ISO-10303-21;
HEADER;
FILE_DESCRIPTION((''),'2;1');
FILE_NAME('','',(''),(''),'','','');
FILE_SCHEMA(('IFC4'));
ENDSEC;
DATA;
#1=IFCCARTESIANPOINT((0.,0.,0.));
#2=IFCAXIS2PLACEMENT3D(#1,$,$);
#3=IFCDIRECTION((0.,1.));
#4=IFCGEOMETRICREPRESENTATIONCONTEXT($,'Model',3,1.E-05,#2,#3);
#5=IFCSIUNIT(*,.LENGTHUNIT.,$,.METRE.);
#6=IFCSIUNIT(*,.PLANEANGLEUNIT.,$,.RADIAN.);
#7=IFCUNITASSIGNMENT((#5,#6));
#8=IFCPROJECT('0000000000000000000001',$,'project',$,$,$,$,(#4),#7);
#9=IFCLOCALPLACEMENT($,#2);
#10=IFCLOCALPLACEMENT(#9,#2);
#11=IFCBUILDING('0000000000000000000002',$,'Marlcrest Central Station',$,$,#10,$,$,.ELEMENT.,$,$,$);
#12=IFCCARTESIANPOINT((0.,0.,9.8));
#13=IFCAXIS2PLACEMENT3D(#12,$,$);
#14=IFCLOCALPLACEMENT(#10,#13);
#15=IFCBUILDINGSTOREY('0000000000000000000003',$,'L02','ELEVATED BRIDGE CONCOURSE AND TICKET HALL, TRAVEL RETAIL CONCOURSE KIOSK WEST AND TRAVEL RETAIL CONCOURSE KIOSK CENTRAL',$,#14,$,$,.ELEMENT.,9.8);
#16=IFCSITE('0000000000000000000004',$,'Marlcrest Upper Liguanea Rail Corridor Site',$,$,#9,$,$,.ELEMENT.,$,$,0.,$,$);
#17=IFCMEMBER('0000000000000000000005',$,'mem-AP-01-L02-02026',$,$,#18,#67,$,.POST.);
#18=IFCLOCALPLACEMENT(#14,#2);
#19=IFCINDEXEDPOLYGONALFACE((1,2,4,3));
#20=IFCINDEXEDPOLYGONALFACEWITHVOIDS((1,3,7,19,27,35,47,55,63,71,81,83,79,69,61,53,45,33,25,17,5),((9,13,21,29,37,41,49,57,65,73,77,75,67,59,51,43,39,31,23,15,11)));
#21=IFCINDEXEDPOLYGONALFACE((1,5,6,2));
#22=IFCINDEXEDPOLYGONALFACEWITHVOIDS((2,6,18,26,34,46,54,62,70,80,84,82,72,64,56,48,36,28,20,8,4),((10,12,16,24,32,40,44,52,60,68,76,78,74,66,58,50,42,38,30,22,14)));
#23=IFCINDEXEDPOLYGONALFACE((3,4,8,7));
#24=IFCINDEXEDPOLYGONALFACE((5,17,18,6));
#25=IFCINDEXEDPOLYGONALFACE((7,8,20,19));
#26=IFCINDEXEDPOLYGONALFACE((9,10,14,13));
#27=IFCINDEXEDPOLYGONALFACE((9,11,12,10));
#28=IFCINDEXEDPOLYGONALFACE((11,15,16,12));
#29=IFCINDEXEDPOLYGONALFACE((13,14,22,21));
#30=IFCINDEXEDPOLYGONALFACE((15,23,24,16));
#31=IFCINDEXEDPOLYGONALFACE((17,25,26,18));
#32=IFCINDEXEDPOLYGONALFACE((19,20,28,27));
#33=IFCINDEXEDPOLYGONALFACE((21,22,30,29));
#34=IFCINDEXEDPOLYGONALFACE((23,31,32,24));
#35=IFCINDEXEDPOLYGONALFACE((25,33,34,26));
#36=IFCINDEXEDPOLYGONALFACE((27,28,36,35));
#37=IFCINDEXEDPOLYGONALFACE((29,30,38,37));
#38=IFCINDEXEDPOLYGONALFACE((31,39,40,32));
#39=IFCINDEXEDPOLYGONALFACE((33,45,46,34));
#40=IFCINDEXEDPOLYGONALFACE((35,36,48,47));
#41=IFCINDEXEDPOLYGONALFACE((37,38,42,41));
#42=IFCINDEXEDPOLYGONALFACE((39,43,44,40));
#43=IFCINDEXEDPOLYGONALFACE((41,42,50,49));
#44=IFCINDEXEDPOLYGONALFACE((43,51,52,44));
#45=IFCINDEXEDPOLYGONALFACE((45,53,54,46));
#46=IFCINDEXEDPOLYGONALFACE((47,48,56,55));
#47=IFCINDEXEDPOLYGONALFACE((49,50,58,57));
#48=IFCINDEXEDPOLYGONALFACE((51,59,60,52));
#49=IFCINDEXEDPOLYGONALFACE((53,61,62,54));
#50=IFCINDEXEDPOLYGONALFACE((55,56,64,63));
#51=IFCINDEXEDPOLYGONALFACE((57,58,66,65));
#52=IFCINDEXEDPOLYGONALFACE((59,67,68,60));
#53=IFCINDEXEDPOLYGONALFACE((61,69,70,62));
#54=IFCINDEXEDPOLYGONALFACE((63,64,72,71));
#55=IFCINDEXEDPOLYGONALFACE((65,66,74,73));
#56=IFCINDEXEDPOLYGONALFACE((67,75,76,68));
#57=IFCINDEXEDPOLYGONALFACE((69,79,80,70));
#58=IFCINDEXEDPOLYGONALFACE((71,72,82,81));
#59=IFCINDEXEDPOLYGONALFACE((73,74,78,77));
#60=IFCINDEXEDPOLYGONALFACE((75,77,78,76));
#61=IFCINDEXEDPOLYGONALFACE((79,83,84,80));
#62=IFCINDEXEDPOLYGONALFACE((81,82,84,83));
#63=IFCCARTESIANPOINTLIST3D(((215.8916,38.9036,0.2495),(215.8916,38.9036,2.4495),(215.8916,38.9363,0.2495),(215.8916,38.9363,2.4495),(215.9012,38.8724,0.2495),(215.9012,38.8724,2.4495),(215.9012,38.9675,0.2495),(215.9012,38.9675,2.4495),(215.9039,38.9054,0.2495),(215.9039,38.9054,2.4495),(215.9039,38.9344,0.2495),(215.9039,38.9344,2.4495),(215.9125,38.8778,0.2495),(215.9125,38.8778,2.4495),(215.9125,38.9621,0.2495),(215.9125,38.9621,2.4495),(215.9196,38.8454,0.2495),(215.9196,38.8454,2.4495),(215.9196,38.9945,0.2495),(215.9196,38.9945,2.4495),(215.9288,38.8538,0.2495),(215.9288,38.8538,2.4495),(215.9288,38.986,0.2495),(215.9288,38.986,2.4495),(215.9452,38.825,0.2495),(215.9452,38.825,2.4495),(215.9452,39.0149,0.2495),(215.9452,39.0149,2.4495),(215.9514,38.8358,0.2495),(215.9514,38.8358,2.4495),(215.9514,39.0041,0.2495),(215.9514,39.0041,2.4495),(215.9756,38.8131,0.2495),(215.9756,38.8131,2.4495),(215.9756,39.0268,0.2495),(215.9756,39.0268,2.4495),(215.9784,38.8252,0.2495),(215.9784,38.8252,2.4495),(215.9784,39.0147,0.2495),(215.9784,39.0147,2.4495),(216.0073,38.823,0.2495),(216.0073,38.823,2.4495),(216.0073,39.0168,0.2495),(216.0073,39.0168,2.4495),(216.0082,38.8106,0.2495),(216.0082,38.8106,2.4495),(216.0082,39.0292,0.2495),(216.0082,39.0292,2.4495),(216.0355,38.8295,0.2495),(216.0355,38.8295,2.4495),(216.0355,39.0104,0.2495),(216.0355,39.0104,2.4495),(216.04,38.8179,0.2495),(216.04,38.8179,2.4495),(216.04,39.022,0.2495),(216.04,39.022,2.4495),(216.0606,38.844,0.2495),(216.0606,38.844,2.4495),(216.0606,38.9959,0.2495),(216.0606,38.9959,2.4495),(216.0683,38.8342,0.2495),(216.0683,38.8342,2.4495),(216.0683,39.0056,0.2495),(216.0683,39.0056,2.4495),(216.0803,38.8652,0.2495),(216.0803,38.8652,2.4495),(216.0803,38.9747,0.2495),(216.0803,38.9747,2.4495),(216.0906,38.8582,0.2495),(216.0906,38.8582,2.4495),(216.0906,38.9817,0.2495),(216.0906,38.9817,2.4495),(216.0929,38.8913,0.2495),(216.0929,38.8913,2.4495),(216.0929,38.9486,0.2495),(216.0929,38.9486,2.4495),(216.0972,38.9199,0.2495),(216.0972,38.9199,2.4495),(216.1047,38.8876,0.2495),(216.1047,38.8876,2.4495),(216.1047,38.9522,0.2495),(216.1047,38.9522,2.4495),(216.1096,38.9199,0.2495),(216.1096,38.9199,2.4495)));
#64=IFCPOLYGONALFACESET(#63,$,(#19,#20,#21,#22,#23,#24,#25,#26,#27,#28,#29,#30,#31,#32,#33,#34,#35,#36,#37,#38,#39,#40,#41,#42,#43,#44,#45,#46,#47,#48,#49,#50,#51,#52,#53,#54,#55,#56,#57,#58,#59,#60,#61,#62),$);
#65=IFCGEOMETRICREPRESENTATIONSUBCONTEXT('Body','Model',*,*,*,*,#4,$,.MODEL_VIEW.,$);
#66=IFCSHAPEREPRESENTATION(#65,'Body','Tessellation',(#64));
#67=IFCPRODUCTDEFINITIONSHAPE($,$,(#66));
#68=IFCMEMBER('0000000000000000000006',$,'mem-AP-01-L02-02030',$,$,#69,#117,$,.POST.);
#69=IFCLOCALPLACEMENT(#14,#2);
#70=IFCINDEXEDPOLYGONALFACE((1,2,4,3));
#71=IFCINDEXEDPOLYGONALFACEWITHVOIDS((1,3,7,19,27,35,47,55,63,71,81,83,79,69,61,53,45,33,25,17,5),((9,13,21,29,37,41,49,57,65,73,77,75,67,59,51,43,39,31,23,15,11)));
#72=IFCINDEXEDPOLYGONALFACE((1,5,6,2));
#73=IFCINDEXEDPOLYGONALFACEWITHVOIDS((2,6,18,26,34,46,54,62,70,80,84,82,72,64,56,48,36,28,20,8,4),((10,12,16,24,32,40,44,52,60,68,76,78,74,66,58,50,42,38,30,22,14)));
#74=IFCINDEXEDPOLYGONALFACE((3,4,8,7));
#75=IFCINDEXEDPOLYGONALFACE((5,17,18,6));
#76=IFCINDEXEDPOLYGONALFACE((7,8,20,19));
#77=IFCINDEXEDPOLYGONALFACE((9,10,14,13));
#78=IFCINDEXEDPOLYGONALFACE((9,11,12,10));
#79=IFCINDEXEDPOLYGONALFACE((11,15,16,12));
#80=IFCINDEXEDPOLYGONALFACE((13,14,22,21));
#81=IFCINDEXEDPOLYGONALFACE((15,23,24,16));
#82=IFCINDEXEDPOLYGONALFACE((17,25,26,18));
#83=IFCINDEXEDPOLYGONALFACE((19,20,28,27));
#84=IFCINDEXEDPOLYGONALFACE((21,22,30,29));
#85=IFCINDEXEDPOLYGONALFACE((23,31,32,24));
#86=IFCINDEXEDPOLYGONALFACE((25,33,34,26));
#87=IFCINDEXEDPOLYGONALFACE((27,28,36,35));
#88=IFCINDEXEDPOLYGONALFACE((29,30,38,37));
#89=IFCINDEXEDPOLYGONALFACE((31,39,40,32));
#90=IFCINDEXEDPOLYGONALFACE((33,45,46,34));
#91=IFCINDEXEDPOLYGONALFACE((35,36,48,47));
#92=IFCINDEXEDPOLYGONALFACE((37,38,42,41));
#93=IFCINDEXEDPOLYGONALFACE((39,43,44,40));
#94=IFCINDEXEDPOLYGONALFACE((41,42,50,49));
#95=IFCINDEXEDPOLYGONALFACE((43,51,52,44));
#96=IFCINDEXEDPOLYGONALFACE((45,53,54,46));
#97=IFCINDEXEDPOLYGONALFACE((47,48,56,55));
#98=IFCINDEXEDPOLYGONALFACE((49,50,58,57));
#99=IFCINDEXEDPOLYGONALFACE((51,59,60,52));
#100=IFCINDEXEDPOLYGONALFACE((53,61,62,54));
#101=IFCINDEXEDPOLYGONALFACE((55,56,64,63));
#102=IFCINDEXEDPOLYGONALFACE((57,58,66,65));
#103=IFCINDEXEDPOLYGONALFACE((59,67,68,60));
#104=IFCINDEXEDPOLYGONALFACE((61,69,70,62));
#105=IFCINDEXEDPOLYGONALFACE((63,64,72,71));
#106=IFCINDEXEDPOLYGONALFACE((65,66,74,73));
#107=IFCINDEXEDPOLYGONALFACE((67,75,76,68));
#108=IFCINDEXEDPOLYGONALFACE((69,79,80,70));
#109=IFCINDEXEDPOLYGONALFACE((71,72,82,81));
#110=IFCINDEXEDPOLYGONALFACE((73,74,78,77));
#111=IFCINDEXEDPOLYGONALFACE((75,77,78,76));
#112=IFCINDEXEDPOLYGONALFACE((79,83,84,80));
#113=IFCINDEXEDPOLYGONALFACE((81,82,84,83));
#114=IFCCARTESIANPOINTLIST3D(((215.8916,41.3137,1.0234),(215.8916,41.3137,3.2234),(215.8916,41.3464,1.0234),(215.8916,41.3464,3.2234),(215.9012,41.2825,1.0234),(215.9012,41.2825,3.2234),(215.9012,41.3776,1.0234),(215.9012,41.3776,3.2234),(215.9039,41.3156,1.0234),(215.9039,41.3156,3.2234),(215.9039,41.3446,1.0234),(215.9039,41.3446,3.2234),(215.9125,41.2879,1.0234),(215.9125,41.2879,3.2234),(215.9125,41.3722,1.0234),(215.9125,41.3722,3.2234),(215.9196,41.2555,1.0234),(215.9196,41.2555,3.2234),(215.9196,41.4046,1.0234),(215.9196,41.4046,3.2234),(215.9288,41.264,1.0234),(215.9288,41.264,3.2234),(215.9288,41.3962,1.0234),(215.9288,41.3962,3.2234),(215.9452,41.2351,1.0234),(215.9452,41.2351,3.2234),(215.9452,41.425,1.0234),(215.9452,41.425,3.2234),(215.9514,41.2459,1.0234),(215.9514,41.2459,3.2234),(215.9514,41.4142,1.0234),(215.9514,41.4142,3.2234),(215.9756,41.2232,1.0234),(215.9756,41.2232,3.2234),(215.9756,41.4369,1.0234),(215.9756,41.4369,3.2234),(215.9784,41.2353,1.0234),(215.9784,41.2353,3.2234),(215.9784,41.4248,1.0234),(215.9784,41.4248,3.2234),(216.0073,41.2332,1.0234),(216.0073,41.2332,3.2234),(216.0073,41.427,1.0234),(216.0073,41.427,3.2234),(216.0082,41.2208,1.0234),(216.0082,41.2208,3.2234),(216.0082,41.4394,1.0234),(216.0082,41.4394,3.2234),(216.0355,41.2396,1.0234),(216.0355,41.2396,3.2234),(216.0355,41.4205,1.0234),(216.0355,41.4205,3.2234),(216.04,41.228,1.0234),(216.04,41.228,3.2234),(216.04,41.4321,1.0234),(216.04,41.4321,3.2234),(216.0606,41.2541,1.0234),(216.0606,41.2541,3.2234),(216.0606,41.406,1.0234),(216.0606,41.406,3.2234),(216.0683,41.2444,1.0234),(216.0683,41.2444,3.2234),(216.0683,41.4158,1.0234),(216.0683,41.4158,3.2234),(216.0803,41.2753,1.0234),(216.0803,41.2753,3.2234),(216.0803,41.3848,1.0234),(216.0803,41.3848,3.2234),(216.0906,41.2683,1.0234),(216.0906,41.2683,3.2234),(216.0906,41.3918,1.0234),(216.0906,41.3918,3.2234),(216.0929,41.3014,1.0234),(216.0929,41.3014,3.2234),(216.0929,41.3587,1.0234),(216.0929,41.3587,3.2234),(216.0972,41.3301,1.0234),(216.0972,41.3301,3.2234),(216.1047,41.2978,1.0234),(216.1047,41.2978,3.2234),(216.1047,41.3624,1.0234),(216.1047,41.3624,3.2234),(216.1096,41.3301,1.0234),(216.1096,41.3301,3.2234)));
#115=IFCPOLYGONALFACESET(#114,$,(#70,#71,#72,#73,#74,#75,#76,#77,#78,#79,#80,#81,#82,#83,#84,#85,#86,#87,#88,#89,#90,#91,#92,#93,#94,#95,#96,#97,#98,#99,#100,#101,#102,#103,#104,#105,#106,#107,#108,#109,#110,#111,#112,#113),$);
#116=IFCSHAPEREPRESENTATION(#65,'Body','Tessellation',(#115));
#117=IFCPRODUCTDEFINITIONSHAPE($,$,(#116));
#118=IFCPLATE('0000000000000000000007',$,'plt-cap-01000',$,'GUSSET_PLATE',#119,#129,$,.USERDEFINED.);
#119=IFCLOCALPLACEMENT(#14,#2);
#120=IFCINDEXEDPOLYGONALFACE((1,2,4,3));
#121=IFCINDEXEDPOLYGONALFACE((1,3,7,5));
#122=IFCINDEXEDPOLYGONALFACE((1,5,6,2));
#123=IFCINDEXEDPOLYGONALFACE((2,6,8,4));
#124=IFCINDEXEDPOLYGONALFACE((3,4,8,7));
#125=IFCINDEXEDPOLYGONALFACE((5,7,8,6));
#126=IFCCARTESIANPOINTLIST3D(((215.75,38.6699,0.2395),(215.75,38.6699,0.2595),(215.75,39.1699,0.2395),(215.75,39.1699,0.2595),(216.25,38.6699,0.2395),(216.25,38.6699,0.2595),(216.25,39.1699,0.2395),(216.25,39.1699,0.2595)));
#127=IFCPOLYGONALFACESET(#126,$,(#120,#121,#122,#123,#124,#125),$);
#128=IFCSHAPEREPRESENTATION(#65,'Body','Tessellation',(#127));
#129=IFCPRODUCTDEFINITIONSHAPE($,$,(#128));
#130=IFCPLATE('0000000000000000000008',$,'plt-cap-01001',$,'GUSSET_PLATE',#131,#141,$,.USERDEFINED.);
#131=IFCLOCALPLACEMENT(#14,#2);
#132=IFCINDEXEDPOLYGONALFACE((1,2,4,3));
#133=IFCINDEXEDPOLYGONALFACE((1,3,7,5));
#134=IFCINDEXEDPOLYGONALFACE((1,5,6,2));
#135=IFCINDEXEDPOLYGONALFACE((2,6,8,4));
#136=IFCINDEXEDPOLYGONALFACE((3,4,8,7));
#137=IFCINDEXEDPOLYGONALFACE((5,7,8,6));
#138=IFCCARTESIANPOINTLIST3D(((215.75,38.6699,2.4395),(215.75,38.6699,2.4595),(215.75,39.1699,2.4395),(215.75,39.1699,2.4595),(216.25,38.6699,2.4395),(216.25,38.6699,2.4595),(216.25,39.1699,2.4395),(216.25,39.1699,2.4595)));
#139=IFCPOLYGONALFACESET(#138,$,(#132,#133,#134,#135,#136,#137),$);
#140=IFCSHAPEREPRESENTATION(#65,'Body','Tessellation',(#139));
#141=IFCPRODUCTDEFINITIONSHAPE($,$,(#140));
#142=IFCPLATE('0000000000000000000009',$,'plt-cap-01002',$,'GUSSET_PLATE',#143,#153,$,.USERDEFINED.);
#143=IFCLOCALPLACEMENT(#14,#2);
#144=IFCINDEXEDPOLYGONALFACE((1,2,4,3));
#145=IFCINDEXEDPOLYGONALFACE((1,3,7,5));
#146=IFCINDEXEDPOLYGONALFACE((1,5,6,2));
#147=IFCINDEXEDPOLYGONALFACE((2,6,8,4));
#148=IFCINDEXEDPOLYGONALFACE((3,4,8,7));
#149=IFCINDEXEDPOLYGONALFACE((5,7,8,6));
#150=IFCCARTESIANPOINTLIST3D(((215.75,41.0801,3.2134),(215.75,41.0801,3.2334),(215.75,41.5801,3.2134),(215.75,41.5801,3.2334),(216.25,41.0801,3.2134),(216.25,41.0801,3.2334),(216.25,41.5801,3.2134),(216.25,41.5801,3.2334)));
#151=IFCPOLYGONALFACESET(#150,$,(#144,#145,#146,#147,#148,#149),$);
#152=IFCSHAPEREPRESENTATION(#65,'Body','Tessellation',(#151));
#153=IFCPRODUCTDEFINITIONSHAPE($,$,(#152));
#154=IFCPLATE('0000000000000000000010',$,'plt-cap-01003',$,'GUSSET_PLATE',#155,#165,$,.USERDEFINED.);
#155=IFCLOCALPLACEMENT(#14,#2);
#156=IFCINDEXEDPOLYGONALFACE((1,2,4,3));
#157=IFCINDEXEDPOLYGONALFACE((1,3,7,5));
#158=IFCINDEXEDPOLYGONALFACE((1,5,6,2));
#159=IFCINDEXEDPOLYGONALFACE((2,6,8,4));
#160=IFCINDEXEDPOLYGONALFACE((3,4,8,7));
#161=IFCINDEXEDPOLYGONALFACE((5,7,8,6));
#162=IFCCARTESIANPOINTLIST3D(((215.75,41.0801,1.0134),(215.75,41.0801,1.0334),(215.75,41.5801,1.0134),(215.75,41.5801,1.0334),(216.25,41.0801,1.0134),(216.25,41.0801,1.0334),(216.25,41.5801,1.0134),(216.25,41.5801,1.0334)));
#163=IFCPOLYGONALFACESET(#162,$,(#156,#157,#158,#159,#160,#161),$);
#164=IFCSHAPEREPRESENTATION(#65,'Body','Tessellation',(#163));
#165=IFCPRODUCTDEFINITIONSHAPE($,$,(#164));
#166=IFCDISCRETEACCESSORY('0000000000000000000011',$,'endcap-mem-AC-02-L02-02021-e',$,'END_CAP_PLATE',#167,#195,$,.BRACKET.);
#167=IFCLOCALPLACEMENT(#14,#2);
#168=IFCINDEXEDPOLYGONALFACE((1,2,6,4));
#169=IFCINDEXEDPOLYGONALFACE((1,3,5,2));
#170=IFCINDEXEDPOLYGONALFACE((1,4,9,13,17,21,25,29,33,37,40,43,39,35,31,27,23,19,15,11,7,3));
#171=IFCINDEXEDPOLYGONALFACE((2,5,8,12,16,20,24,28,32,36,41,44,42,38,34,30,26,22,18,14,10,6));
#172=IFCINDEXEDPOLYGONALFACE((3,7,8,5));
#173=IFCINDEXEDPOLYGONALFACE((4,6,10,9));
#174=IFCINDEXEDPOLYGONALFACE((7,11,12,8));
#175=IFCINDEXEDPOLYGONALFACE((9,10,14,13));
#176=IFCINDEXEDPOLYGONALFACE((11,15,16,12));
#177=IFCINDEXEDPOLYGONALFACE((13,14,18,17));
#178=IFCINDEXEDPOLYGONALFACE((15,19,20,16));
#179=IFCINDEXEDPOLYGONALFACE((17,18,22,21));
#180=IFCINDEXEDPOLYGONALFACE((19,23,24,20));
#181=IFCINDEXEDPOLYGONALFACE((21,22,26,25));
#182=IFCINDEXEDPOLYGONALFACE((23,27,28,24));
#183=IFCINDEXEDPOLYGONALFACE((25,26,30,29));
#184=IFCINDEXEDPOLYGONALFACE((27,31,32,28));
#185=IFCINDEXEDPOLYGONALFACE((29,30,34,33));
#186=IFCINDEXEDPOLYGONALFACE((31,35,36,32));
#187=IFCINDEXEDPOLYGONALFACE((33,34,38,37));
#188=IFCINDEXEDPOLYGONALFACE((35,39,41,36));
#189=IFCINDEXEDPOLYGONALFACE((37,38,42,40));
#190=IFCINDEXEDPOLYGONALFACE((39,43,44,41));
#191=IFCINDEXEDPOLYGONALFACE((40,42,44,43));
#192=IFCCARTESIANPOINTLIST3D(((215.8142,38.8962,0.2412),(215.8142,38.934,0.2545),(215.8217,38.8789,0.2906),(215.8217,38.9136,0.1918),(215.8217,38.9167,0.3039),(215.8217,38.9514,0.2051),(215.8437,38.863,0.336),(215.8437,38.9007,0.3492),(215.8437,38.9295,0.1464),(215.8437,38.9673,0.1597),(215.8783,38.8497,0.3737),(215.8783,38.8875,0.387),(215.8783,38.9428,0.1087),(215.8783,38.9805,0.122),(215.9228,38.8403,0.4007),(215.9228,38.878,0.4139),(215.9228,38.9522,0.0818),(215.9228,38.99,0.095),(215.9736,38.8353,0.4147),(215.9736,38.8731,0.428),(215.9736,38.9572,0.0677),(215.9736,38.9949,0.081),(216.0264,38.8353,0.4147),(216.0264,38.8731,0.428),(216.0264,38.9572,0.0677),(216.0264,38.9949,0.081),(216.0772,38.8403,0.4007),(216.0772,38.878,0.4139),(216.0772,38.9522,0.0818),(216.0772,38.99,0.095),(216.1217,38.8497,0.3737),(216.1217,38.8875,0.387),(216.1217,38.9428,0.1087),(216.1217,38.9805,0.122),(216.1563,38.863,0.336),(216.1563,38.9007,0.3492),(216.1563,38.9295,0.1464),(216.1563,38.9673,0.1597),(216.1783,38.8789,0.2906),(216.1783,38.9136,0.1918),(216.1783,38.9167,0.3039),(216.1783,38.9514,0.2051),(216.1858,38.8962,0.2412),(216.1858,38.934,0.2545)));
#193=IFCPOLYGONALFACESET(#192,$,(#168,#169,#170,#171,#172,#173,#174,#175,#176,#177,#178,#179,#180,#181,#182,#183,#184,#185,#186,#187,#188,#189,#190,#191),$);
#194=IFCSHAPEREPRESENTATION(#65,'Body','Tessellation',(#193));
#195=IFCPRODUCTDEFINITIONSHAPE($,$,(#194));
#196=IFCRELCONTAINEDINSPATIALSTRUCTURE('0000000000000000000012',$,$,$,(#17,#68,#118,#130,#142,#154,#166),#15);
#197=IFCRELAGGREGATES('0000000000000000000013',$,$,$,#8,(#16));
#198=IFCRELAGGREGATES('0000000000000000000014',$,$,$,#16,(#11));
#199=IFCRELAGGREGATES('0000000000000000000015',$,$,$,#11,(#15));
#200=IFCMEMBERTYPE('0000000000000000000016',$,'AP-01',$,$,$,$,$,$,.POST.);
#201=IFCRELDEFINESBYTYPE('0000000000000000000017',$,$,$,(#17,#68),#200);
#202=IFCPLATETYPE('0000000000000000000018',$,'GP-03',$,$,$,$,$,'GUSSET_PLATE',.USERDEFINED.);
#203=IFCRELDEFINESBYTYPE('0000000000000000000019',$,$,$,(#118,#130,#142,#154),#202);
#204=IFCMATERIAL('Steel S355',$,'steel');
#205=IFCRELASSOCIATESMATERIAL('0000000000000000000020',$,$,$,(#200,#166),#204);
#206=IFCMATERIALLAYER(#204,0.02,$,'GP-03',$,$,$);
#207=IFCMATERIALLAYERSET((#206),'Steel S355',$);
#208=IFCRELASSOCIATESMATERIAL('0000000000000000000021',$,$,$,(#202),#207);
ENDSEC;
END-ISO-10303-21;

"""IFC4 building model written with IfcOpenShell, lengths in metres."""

from ifc_helpers import new_model, si_unit, direction, frame, origin, origin_2d, place, context, subcontext, project, spatial, rectangle, circle, hollow_circle, extrude, material, layer, layer_set, material_profile, profile_set, type_object, element, save


model = new_model("IFC4")

# Units and contexts
model_context = context("Model", 3, precision=1e-05, world=origin(), true_north=direction((0.0, 1.0)))
body_context = subcontext(model_context, "Body", "Model", "MODEL_VIEW")
ifc_project = project(units=[si_unit("LENGTHUNIT", "METRE"), si_unit("PLANEANGLEUNIT", "RADIAN")], contexts=[model_context])

# Site, building, storey
site_placement = place(None, origin())
site = spatial("IfcSite", under=ifc_project, at=site_placement, Name="Marlcrest Upper Liguanea Rail Corridor Site", CompositionType="ELEMENT", RefElevation=0.0)
building_placement = place(site_placement, origin())
building = spatial("IfcBuilding", under=site, at=building_placement, Name="Marlcrest Central Station", CompositionType="ELEMENT")
storey_placement = place(building_placement, frame((0.0, 0.0, 9.8)))
storey = spatial("IfcBuildingStorey", under=building, at=storey_placement, Name="L02", Description="ELEVATED BRIDGE CONCOURSE AND TICKET HALL, TRAVEL RETAIL CONCOURSE KIOSK WEST AND TRAVEL RETAIL CONCOURSE KIOSK CENTRAL", CompositionType="ELEMENT", Elevation=9.8)

# Members
ifc_material = material(Name="Steel S355", Category="steel")
ifc_material_profile_1 = material_profile(ifc_material, hollow_circle(Radius=0.1096, WallThickness=0.0125, at=origin_2d()), Name="CHS 219.1x12.5")
ifc_profile_set_1 = profile_set([ifc_material_profile_1], Name="Steel S355")
member_type_1 = type_object("IfcMemberType", Name="AP-01", PredefinedType="POST", material=ifc_profile_set_1)
for number, where, z_axis, x_axis, name in (
    (1, (216.0, 38.9199, 0.2495), (0.0, 0.0, 1.0), (1.0, 0.0, 0.0), "mem-AP-01-L02-02026"),
    (2, (216.0, 41.3301, 1.0234), (0.0, 0.0, 1.0), (1.0, 0.0, 0.0), "mem-AP-01-L02-02030"),
):
    element("IfcMember", number, at=place(storey_placement, frame(where, z_axis=z_axis, x_axis=x_axis)), inside=storey, type_object=member_type_1, Name=name, PredefinedType="POST", context=body_context, shape_type="SweptSolid", body=[
        extrude(hollow_circle(Radius=0.1096, WallThickness=0.0125, at=origin_2d()), origin(), (0.0, 0.0, 1.0), 2.2),
    ])

# Plates
ifc_layer = layer(ifc_material, 0.02, Name="GP-03")
ifc_layer_set = layer_set([ifc_layer], Name="Steel S355")
plate_type = type_object("IfcPlateType", Name="GP-03", ElementType="GUSSET_PLATE", PredefinedType="USERDEFINED", material=ifc_layer_set)
for number, where, z_axis, x_axis, name in (
    (3, (216.0, 38.9199, 0.2395), (0.0, 0.0, 1.0), (1.0, 0.0, 0.0), "plt-cap-01000"),
    (4, (216.0, 38.9199, 2.4395), (0.0, 0.0, 1.0), (1.0, 0.0, 0.0), "plt-cap-01001"),
    (5, (216.0, 41.3301, 3.2134), (0.0, 0.0, 1.0), (1.0, 0.0, 0.0), "plt-cap-01002"),
    (6, (216.0, 41.3301, 1.0134), (0.0, 0.0, 1.0), (1.0, 0.0, 0.0), "plt-cap-01003"),
):
    element("IfcPlate", number, at=place(storey_placement, frame(where, z_axis=z_axis, x_axis=x_axis)), inside=storey, type_object=plate_type, Name=name, ObjectType="GUSSET_PLATE", PredefinedType="USERDEFINED", context=body_context, shape_type="SweptSolid", body=[
        extrude(rectangle(XDim=0.5, YDim=0.5, at=origin_2d()), origin(), (0.0, 0.0, 1.0), 0.02),
    ])

# Discrete accessory
discrete_accessory_1_placement = place(storey_placement, frame((216.0, 38.8962, 0.2412), z_axis=(0.0, 0.943537, 0.331266), x_axis=(-1.0, 0.0, 0.0)))
element("IfcDiscreteAccessory", 7, at=discrete_accessory_1_placement, inside=storey, material=ifc_material, Name="endcap-mem-AC-02-L02-02021-e", ObjectType="END_CAP_PLATE", PredefinedType="BRACKET", context=body_context, shape_type="SweptSolid", body=[
    extrude(circle(Radius=0.1858, at=origin_2d()), origin(), (0.0, 0.0, 1.0), 0.04),
])

save(model, "model.ifc")
